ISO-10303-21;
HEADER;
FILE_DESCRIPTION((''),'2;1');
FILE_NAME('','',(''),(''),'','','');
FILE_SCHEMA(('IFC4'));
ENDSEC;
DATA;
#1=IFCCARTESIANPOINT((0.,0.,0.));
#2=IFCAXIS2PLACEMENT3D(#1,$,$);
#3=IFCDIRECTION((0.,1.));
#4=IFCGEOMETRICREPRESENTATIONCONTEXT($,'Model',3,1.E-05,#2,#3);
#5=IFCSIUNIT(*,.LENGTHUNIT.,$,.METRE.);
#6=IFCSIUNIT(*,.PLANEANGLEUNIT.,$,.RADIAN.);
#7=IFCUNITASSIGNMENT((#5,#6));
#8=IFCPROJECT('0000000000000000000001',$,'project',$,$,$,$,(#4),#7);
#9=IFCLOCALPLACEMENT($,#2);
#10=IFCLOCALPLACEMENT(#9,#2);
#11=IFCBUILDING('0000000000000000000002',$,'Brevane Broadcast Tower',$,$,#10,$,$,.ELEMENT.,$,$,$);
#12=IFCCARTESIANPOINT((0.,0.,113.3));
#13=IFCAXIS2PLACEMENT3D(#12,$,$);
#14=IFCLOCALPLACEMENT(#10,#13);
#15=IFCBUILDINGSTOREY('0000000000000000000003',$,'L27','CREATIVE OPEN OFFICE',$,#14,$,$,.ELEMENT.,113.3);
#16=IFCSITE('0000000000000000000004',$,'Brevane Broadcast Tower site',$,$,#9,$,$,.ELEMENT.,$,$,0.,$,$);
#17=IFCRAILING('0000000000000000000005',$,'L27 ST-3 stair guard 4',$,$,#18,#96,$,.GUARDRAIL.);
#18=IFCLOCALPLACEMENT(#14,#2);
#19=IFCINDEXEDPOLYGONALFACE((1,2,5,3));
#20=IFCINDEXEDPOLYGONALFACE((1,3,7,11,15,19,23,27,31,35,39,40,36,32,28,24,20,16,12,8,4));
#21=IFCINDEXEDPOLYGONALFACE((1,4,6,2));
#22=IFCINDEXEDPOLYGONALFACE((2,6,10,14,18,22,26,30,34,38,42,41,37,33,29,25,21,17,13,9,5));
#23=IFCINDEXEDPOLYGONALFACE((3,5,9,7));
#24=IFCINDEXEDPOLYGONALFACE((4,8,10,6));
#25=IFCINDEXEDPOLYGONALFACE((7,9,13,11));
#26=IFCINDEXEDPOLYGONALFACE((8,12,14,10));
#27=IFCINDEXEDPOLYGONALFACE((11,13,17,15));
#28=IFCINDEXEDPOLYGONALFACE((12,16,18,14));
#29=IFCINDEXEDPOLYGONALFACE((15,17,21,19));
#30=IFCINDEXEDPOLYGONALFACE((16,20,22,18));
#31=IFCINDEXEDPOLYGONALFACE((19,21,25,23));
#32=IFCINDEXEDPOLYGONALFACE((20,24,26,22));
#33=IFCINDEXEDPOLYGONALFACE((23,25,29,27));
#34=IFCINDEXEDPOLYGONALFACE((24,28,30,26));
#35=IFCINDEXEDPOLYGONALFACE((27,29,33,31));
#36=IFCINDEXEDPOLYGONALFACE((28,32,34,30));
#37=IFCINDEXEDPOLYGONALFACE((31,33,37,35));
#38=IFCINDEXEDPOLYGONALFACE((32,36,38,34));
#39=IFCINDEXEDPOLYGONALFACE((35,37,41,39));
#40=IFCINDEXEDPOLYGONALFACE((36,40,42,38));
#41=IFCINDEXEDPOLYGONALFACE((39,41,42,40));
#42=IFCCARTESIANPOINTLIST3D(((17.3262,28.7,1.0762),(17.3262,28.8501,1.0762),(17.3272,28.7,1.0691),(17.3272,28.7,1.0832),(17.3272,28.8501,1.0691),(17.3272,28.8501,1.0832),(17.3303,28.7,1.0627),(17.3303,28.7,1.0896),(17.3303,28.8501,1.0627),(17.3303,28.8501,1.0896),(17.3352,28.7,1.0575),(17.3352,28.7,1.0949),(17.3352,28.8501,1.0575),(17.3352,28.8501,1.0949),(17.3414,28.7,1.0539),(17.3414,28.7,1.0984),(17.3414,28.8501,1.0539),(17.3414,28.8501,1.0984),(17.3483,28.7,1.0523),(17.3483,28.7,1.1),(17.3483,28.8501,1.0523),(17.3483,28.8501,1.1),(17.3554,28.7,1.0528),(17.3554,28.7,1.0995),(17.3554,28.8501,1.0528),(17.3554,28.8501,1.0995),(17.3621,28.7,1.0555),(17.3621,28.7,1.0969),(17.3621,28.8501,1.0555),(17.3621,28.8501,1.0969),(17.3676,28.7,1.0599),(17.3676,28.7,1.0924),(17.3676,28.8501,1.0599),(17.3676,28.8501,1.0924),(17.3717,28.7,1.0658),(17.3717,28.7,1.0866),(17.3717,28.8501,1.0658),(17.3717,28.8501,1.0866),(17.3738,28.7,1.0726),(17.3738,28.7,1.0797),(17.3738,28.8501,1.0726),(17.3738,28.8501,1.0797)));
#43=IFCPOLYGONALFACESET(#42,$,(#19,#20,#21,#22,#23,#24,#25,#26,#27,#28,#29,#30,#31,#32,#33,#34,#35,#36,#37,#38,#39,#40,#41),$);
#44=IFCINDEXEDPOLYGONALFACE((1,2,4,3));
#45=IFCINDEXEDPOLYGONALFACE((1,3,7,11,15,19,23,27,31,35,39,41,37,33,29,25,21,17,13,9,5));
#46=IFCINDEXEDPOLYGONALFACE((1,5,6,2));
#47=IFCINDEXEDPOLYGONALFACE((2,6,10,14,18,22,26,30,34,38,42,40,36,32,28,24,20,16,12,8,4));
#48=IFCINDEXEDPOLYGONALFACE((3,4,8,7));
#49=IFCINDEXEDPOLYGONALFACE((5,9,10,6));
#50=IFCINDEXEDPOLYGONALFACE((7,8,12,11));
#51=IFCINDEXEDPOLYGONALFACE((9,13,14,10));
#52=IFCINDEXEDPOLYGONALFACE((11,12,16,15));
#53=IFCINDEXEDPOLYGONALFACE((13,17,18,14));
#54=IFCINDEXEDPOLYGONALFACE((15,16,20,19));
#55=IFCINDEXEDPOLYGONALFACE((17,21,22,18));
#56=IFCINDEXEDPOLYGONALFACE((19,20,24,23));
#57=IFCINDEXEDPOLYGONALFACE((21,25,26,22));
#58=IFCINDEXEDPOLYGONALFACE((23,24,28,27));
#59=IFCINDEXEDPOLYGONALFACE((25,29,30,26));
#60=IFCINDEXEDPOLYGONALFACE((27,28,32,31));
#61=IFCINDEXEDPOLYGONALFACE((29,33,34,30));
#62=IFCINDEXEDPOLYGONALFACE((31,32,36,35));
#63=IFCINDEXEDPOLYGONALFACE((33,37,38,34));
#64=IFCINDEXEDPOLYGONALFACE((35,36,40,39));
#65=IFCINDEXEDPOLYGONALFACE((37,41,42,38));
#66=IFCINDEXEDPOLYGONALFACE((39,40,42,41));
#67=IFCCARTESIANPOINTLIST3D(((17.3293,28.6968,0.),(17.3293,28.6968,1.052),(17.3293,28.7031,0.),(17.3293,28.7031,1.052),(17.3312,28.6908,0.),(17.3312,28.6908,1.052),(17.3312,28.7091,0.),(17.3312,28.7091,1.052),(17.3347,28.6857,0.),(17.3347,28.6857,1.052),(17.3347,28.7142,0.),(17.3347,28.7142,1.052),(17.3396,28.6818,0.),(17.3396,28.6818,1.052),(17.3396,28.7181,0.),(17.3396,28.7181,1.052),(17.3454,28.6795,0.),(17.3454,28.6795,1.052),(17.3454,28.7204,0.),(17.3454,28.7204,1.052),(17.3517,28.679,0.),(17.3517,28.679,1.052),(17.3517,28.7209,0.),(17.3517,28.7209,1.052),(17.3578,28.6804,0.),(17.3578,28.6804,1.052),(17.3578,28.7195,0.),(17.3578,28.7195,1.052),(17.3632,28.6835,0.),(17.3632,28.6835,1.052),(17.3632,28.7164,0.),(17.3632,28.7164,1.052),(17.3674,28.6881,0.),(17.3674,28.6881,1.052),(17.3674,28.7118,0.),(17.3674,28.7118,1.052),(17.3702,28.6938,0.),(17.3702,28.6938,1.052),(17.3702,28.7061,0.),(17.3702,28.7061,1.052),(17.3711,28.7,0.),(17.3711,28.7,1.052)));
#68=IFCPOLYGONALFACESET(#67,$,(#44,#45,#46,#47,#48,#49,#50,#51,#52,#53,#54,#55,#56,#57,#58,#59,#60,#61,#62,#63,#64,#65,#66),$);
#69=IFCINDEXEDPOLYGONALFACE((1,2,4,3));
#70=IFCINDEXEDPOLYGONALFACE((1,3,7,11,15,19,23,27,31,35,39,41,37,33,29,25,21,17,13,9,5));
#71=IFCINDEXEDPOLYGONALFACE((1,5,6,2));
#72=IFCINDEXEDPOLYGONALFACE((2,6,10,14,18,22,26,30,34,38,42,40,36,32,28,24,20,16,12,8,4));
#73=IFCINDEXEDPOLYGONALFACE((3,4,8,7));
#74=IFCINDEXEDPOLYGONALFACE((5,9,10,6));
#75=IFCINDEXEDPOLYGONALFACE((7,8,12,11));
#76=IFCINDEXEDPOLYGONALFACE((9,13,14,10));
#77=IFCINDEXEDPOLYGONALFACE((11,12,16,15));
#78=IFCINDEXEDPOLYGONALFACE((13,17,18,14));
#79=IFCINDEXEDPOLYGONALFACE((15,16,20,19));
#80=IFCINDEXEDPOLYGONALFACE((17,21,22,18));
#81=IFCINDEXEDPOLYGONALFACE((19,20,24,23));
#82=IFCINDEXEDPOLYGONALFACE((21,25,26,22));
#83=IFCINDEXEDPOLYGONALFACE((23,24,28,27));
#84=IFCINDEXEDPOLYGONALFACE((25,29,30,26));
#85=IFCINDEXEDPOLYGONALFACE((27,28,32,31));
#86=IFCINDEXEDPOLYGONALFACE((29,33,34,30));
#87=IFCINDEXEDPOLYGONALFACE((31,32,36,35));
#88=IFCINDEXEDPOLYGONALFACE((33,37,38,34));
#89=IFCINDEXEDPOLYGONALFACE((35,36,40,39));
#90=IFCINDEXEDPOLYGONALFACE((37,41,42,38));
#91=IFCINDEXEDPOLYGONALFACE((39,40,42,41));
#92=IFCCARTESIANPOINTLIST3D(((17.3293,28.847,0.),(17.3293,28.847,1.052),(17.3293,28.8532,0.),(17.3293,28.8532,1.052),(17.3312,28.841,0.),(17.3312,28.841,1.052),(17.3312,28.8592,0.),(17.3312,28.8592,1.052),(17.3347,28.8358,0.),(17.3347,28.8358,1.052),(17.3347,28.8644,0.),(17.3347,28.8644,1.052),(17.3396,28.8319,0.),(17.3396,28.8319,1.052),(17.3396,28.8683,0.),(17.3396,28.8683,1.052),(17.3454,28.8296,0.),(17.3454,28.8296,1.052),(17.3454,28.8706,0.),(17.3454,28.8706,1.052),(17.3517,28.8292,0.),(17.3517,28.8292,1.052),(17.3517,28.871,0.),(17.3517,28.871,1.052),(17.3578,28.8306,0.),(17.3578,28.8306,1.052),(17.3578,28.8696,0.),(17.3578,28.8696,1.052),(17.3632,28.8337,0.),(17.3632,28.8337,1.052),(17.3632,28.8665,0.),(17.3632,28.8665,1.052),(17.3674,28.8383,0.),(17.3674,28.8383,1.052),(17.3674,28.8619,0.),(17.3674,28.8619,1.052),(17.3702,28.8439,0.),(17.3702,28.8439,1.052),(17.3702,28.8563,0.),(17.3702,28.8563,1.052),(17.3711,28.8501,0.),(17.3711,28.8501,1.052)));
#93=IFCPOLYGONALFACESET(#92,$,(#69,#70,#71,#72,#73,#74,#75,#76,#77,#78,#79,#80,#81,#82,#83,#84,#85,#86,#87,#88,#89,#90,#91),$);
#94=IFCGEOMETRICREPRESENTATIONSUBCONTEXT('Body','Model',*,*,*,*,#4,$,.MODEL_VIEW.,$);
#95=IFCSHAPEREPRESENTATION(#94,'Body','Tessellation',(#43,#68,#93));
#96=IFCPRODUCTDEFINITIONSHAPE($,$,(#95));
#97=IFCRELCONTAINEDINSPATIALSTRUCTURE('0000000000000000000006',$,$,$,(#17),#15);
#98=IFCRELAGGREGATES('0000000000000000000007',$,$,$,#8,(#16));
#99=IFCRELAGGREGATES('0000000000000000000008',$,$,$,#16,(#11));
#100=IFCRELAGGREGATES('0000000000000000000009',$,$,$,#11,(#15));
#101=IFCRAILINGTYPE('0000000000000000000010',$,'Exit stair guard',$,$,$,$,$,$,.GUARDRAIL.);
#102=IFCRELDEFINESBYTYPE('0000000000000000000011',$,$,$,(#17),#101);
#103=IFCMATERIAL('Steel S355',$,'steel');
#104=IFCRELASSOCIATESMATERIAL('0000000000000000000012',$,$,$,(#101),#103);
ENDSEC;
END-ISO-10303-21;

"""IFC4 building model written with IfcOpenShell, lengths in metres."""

from ifc_helpers import new_model, si_unit, direction, frame, origin, origin_2d, place, context, subcontext, project, spatial, circle, extrude, material, type_object, element, save


model = new_model("IFC4")

# Units and contexts
model_context = context("Model", 3, precision=1e-05, world=origin(), true_north=direction((0.0, 1.0)))
body_context = subcontext(model_context, "Body", "Model", "MODEL_VIEW")
ifc_project = project(units=[si_unit("LENGTHUNIT", "METRE"), si_unit("PLANEANGLEUNIT", "RADIAN")], contexts=[model_context])

# Site, building, storey
site_placement = place(None, origin())
site = spatial("IfcSite", under=ifc_project, at=site_placement, Name="Brevane Broadcast Tower site", CompositionType="ELEMENT", RefElevation=0.0)
building_placement = place(site_placement, origin())
building = spatial("IfcBuilding", under=site, at=building_placement, Name="Brevane Broadcast Tower", CompositionType="ELEMENT")
storey_placement = place(building_placement, frame((0.0, 0.0, 113.3)))
storey = spatial("IfcBuildingStorey", under=building, at=storey_placement, Name="L27", Description="CREATIVE OPEN OFFICE", CompositionType="ELEMENT", Elevation=113.3)

# Railing
ifc_material_1 = material(Name="Steel S355", Category="steel")
railing_type_1 = type_object("IfcRailingType", Name="Exit stair guard", PredefinedType="GUARDRAIL", material=ifc_material_1)
railing_1_placement = place(storey_placement, frame((17.3501, 28.7, 0.0)))
element("IfcRailing", 1, at=railing_1_placement, inside=storey, type_object=railing_type_1, Name="L27 ST-3 stair guard 4", PredefinedType="GUARDRAIL", context=body_context, shape_type="SweptSolid", body=[
    extrude(circle(Radius=0.0239, at=origin_2d()), frame((0.0, 0.0, 1.0762), z_axis=(0.0, 1.0, 0.0), x_axis=(-1.0, 0.0, 0.0)), (0.0, 0.0, 1.0), 0.1501),
    extrude(circle(Radius=0.021, at=origin_2d()), origin(), (0.0, 0.0, 1.0), 1.052),
    extrude(circle(Radius=0.021, at=origin_2d()), frame((0.0, 0.1501, 0.0)), (0.0, 0.0, 1.0), 1.052),
])

save(model, "model.ifc")
